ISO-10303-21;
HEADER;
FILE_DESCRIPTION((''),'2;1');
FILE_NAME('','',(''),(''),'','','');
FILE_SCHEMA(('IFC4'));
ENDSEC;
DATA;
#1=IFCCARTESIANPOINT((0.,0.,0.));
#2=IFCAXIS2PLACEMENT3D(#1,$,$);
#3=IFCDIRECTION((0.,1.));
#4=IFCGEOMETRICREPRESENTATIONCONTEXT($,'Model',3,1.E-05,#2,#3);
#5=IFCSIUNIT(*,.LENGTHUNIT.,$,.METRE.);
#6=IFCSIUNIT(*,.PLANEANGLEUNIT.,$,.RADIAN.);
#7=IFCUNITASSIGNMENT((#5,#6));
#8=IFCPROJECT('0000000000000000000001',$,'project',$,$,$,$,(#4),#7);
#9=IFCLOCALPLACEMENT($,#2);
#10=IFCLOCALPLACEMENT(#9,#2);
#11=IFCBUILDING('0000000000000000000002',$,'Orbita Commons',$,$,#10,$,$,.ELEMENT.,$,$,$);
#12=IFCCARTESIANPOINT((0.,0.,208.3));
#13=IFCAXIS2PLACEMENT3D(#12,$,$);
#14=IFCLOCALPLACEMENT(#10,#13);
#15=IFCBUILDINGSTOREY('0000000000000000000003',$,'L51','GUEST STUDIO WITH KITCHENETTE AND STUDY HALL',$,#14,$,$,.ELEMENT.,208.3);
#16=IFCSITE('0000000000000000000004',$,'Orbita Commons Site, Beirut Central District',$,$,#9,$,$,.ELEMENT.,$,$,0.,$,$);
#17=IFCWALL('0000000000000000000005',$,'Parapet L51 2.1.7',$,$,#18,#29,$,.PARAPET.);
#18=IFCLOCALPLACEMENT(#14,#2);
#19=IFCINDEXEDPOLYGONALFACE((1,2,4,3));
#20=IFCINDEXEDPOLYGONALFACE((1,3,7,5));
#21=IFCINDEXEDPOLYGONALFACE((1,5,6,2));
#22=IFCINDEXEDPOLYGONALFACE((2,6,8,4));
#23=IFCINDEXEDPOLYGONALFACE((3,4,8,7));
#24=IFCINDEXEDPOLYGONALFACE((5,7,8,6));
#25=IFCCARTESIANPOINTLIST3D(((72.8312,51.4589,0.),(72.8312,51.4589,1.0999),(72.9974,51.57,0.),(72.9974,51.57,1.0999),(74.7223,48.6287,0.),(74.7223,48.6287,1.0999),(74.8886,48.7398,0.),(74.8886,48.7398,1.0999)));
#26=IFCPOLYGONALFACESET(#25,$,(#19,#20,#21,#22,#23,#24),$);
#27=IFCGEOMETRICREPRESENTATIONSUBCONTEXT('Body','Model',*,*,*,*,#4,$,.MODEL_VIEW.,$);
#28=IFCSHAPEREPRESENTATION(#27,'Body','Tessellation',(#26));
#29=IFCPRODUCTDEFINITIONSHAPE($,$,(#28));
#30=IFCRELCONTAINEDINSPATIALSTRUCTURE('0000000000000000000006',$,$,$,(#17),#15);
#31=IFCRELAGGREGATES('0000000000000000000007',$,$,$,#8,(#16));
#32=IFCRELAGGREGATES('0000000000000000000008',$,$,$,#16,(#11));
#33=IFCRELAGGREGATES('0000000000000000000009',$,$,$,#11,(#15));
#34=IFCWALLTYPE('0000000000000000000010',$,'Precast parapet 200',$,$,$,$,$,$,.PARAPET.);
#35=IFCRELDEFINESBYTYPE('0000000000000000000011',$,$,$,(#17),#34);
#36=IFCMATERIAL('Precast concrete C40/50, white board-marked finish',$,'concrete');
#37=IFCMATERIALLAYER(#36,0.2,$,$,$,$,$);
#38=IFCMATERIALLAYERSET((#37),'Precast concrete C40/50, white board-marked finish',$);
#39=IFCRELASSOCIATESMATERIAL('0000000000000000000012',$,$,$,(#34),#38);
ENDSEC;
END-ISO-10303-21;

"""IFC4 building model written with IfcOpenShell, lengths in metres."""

from ifc_helpers import new_model, si_unit, direction, frame, frame_2d, origin, place, context, subcontext, project, spatial, rectangle, extrude, material, layer, layer_set, type_object, element, save


model = new_model("IFC4")

# Units and contexts
model_context = context("Model", 3, precision=1e-05, world=origin(), true_north=direction((0.0, 1.0)))
body_context = subcontext(model_context, "Body", "Model", "MODEL_VIEW")
ifc_project = project(units=[si_unit("LENGTHUNIT", "METRE"), si_unit("PLANEANGLEUNIT", "RADIAN")], contexts=[model_context])

# Site, building, storey
site_placement = place(None, origin())
site = spatial("IfcSite", under=ifc_project, at=site_placement, Name="Orbita Commons Site, Beirut Central District", CompositionType="ELEMENT", RefElevation=0.0)
building_placement = place(site_placement, origin())
building = spatial("IfcBuilding", under=site, at=building_placement, Name="Orbita Commons", CompositionType="ELEMENT")
storey_placement = place(building_placement, frame((0.0, 0.0, 208.3)))
storey = spatial("IfcBuildingStorey", under=building, at=storey_placement, Name="L51", Description="GUEST STUDIO WITH KITCHENETTE AND STUDY HALL", CompositionType="ELEMENT", Elevation=208.3)

# Wall
ifc_material_1 = material(Name="Precast concrete C40/50, white board-marked finish", Category="concrete")
ifc_layer_1 = layer(ifc_material_1, 0.2)
ifc_layer_set_1 = layer_set([ifc_layer_1], Name="Precast concrete C40/50, white board-marked finish")
wall_type_1 = type_object("IfcWallType", Name="Precast parapet 200", PredefinedType="PARAPET", material=ifc_layer_set_1)
wall_1_placement = place(storey_placement, frame((72.9143, 51.5144, 0.0), z_axis=(0.0, 0.0, 1.0), x_axis=(0.555594, -0.831454, 0.0)))
element("IfcWall", 1, at=wall_1_placement, inside=storey, type_object=wall_type_1, Name="Parapet L51 2.1.7", PredefinedType="PARAPET", context=body_context, shape_type="SweptSolid", body=[
    extrude(rectangle(XDim=3.4038, YDim=0.2, at=frame_2d((1.7019, 0.0))), origin(), (0.0, 0.0, 1.0), 1.0999),
])

save(model, "model.ifc")
